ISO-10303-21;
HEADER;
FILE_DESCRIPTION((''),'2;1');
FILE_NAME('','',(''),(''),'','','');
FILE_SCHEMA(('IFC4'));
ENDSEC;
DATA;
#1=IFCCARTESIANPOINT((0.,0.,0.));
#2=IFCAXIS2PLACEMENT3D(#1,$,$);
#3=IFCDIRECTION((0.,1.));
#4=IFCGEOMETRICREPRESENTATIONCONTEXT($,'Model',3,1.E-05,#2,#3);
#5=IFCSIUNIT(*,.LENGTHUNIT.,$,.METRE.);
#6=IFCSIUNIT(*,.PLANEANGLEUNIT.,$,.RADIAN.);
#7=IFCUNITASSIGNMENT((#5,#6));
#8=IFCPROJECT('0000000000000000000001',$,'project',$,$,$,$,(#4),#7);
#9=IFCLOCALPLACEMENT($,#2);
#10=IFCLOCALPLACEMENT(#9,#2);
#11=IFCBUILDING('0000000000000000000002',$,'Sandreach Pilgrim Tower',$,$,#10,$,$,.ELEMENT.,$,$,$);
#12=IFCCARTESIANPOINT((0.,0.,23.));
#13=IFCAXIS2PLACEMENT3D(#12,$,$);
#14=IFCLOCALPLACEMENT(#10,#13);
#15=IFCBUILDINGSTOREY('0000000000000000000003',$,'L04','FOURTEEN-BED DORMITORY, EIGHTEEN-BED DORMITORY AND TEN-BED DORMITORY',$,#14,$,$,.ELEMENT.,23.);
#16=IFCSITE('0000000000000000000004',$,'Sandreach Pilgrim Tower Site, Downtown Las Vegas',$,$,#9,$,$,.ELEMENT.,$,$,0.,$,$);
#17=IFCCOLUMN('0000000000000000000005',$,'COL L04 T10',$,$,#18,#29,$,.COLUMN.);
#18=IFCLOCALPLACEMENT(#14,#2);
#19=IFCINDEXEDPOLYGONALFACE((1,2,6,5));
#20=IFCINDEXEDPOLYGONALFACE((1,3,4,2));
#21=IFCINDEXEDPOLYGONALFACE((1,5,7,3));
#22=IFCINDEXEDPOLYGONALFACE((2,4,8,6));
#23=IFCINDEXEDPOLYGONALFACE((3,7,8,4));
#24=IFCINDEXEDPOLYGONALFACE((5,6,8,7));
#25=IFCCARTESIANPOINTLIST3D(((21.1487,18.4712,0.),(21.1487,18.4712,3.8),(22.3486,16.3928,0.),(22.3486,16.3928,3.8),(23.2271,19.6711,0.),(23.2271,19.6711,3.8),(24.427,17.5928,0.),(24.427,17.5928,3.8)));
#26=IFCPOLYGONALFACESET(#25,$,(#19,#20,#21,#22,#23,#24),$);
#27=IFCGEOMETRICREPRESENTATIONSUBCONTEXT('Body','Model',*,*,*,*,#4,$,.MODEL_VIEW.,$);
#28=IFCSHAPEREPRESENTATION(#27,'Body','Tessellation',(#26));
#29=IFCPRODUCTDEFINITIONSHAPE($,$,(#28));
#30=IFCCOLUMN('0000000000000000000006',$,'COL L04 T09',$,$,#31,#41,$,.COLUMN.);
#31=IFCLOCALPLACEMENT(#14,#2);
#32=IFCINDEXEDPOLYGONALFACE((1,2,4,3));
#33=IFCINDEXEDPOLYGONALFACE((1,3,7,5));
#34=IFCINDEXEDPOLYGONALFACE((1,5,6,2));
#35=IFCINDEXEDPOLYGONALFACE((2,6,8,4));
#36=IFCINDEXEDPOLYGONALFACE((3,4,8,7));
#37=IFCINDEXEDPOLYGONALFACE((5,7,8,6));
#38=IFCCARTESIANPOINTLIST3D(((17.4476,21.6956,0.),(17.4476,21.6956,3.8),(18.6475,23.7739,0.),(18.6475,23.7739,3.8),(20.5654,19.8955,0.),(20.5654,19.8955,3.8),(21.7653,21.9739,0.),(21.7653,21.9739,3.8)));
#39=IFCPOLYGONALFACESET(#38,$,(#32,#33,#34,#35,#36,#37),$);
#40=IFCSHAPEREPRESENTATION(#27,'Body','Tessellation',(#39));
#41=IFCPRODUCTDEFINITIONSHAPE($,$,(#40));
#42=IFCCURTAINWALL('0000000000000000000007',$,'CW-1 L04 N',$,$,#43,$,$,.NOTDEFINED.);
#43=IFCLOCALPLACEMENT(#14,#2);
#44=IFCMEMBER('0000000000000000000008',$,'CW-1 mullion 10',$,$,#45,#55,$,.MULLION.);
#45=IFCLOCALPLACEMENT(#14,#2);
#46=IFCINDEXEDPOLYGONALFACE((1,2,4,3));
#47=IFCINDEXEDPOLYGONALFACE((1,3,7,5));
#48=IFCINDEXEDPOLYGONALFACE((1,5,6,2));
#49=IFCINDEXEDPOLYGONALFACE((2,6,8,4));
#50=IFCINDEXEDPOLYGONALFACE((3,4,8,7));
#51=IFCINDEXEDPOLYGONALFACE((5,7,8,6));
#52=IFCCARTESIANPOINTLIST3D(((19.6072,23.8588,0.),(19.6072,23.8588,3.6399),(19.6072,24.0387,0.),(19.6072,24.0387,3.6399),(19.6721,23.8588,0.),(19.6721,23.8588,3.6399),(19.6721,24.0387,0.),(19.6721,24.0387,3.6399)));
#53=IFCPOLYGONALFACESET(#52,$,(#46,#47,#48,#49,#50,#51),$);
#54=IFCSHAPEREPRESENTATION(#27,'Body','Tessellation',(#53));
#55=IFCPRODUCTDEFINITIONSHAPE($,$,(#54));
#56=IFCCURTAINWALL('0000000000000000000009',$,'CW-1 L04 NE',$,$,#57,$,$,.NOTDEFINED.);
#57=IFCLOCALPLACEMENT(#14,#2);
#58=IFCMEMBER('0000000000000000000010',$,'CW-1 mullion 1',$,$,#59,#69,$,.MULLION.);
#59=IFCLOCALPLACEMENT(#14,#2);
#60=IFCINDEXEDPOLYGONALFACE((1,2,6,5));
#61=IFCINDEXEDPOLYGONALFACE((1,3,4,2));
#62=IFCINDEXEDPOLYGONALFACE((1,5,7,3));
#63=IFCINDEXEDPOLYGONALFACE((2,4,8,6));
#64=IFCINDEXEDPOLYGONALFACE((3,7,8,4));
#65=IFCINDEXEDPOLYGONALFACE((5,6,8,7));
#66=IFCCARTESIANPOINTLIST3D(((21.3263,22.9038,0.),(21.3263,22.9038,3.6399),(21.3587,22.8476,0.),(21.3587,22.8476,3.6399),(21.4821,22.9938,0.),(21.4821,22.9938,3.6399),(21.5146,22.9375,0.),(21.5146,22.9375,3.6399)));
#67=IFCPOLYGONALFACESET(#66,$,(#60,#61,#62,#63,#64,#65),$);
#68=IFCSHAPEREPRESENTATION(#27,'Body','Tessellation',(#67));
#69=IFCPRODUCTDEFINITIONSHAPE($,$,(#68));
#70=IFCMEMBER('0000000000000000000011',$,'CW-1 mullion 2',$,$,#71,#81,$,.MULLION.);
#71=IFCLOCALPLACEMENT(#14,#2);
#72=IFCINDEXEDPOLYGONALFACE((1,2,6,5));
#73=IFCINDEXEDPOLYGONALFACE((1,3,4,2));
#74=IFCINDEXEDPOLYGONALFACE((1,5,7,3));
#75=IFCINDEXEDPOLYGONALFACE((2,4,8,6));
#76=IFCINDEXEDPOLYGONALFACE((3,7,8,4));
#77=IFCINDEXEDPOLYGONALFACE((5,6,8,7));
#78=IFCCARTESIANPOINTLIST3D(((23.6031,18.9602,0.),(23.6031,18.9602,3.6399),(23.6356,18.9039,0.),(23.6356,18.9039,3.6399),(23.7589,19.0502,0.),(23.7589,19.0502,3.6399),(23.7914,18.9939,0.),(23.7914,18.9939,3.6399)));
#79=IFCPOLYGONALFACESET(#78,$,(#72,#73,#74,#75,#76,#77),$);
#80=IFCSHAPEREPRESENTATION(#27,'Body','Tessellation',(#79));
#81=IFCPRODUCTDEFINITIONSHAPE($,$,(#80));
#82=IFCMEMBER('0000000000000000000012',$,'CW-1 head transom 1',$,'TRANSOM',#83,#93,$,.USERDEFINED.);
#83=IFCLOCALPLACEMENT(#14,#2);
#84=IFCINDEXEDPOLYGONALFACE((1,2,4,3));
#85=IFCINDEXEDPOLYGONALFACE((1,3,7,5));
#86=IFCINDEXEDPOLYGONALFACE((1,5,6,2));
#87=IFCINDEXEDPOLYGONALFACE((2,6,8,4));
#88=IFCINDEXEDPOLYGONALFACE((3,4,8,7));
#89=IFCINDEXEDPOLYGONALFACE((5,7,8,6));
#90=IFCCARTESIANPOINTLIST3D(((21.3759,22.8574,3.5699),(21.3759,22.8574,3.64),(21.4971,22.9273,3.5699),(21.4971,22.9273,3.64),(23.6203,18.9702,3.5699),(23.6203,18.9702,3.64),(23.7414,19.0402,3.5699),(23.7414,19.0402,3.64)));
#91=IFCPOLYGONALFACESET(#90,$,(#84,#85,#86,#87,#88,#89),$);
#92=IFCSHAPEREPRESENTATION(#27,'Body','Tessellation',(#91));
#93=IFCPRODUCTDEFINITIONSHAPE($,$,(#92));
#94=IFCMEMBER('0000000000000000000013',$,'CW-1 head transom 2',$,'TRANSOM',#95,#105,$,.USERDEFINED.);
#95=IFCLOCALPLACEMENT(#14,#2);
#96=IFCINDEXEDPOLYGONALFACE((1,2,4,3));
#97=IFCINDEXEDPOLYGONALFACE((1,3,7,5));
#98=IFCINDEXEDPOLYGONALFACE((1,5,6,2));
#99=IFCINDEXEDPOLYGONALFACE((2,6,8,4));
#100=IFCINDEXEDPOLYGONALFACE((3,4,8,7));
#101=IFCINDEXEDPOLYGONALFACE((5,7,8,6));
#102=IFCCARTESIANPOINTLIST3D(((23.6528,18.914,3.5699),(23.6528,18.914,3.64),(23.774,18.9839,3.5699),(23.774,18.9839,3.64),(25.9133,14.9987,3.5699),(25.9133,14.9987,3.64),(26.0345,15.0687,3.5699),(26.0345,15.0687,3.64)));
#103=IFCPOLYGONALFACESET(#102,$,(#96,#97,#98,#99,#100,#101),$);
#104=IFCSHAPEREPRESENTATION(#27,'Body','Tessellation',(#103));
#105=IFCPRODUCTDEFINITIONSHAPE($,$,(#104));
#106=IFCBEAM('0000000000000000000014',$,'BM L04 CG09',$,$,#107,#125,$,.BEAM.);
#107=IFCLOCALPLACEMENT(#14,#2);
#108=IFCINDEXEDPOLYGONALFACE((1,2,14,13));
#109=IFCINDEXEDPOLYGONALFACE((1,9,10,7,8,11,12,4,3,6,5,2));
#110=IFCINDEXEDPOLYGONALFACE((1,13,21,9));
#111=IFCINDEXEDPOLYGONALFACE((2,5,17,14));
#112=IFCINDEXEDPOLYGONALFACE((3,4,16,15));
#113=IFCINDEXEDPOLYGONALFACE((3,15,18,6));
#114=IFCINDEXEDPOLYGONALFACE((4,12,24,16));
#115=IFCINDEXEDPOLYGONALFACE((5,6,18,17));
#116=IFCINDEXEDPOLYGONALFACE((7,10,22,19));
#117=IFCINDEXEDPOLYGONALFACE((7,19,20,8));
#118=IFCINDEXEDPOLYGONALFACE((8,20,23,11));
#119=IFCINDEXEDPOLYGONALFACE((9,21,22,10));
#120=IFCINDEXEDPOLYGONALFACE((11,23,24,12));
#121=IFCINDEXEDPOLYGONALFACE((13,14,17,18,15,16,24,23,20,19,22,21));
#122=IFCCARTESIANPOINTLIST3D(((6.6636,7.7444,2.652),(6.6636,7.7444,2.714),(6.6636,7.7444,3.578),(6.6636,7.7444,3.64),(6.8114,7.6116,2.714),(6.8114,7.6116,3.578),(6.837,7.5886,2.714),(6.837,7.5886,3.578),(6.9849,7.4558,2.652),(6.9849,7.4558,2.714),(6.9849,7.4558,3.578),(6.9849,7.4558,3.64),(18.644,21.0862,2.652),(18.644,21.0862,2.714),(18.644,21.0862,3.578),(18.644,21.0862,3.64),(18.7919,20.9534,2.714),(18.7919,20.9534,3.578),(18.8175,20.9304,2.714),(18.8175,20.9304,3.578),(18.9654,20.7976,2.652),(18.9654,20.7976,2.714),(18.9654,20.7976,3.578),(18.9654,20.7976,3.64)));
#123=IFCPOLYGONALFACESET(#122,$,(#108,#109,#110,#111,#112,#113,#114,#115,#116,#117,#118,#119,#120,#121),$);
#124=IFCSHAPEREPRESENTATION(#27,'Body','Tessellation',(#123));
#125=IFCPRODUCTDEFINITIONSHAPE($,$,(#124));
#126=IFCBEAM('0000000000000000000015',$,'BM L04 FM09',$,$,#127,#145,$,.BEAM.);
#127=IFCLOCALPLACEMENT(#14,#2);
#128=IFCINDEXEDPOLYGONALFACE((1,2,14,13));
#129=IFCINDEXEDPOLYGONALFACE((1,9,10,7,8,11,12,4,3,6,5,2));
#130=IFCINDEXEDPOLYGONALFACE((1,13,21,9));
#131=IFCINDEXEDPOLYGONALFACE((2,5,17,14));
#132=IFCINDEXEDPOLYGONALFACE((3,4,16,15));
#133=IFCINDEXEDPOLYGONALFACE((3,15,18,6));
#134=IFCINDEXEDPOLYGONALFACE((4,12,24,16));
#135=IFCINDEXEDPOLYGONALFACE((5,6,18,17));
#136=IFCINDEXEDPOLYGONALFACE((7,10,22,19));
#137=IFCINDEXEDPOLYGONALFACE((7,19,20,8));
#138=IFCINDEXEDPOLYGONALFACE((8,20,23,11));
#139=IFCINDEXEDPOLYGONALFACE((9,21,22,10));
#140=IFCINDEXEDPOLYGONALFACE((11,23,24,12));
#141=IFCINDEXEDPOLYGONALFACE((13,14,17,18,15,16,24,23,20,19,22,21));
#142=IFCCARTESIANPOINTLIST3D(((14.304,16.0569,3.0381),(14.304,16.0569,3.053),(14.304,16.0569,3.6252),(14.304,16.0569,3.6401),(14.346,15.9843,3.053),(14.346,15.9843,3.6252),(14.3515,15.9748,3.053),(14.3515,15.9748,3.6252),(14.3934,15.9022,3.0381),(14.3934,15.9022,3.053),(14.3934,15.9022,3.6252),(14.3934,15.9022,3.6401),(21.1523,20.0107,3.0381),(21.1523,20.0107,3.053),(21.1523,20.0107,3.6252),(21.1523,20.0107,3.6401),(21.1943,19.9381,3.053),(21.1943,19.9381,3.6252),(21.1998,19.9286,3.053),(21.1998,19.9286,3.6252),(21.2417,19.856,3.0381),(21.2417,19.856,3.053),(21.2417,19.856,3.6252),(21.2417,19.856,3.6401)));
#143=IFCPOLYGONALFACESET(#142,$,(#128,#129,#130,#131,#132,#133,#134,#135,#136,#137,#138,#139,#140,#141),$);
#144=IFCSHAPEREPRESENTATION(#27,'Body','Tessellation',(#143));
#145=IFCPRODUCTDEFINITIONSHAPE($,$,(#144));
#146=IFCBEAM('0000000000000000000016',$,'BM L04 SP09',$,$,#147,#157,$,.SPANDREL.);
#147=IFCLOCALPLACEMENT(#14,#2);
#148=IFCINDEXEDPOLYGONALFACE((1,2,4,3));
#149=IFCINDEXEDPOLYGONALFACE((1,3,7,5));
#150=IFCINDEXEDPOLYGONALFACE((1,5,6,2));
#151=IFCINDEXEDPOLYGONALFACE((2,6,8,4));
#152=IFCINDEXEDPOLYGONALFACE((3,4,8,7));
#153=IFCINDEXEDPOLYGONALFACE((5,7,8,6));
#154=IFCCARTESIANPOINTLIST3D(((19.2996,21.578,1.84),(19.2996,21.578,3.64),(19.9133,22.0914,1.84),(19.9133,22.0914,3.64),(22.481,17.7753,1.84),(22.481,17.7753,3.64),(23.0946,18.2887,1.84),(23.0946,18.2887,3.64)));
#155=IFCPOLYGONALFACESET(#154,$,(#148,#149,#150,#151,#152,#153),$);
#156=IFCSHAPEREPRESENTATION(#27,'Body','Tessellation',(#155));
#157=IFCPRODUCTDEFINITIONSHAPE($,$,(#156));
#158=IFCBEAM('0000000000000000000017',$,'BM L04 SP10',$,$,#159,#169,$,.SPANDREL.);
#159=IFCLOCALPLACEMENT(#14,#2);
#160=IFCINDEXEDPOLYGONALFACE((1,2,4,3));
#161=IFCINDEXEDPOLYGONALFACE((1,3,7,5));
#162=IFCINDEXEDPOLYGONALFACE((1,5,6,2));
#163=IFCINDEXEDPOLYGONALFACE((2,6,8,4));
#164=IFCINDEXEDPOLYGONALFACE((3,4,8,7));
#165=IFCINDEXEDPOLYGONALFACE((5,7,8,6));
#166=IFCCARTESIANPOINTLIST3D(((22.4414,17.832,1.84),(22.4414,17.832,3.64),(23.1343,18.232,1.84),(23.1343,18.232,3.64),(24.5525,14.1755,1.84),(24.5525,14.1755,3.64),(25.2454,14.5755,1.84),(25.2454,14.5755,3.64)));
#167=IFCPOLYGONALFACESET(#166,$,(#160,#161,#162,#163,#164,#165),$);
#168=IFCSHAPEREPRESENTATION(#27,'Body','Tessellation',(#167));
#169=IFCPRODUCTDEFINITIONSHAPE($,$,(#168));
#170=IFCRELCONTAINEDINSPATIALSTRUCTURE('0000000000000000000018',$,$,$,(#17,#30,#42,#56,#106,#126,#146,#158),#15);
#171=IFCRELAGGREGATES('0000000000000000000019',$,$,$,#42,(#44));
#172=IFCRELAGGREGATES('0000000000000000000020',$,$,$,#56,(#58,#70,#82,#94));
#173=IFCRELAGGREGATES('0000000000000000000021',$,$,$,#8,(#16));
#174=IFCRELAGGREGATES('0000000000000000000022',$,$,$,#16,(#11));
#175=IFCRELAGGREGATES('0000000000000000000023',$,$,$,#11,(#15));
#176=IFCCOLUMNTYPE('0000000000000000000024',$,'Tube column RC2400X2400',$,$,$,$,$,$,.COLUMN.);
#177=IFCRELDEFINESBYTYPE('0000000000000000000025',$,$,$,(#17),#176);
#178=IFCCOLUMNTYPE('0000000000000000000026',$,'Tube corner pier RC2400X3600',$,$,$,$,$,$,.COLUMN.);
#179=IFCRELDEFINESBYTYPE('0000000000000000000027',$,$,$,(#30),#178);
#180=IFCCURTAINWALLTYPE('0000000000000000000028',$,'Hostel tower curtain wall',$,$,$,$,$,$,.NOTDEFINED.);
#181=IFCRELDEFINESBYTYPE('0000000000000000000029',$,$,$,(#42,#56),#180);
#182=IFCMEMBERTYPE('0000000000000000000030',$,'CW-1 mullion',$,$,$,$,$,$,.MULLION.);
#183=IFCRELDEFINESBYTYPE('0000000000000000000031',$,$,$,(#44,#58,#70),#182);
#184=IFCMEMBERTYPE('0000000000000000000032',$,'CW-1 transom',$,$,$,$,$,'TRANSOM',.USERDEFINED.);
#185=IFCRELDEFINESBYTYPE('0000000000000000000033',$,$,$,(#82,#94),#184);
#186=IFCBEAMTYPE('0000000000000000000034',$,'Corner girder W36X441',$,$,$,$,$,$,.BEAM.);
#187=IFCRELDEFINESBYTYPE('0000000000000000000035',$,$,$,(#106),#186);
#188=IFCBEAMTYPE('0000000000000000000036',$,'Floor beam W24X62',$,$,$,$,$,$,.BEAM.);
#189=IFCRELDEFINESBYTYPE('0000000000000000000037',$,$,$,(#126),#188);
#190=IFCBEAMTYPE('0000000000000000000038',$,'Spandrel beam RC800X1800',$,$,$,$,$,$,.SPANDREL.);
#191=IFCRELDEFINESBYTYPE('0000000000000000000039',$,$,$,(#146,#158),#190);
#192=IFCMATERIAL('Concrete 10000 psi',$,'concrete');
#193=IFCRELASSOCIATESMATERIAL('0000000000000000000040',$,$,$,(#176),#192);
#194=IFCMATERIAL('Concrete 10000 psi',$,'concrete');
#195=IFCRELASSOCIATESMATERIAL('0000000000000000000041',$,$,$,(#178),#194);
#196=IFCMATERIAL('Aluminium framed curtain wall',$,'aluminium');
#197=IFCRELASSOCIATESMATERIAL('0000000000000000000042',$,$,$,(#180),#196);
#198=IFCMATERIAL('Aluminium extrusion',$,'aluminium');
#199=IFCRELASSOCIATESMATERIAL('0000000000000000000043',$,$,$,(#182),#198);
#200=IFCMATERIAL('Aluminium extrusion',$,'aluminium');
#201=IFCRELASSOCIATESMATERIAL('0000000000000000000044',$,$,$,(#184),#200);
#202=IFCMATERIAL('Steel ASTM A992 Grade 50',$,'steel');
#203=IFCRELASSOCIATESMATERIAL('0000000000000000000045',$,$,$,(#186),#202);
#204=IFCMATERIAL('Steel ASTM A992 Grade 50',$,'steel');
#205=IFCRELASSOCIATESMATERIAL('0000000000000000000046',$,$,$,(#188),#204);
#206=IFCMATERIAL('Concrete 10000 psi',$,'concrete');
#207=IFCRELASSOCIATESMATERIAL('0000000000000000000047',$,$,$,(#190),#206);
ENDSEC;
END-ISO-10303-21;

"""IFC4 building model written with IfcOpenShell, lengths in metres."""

from ifc_helpers import new_model, si_unit, direction, frame, origin, origin_2d, place, context, subcontext, project, spatial, rectangle, i_section, extrude, material, material_profile, profile_set, type_object, element, aggregate, save


model = new_model("IFC4")

# Units and contexts
model_context = context("Model", 3, precision=1e-05, world=origin(), true_north=direction((0.0, 1.0)))
body_context = subcontext(model_context, "Body", "Model", "MODEL_VIEW")
ifc_project = project(units=[si_unit("LENGTHUNIT", "METRE"), si_unit("PLANEANGLEUNIT", "RADIAN")], contexts=[model_context])

# Site, building, storey
site_placement = place(None, origin())
site = spatial("IfcSite", under=ifc_project, at=site_placement, Name="Sandreach Pilgrim Tower Site, Downtown Las Vegas", CompositionType="ELEMENT", RefElevation=0.0)
building_placement = place(site_placement, origin())
building = spatial("IfcBuilding", under=site, at=building_placement, Name="Sandreach Pilgrim Tower", CompositionType="ELEMENT")
storey_placement = place(building_placement, frame((0.0, 0.0, 23.0)))
storey = spatial("IfcBuildingStorey", under=building, at=storey_placement, Name="L04", Description="FOURTEEN-BED DORMITORY, EIGHTEEN-BED DORMITORY AND TEN-BED DORMITORY", CompositionType="ELEMENT", Elevation=23.0)

# Columns
ifc_material_1 = material(Name="Concrete 10000 psi", Category="concrete")
ifc_material_profile_1 = material_profile(ifc_material_1, rectangle(XDim=2.3999, YDim=2.3999, at=origin_2d()), Name="RC2400X2400")
ifc_profile_set_1 = profile_set([ifc_material_profile_1], Name="Concrete 10000 psi")
column_type_1 = type_object("IfcColumnType", Name="Tube column RC2400X2400", PredefinedType="COLUMN", material=ifc_profile_set_1)
column_1_placement = place(storey_placement, frame((22.7878, 18.032, 0.0), z_axis=(0.0, 0.0, 1.0), x_axis=(0.866025, 0.5, 0.0)))
element("IfcColumn", 1, at=column_1_placement, inside=storey, type_object=column_type_1, Name="COL L04 T10", PredefinedType="COLUMN", context=body_context, shape_type="SweptSolid", body=[
    extrude(rectangle(XDim=2.3999, YDim=2.3999, at=origin_2d()), origin(), (0.0, 0.0, 1.0), 3.8),
])
ifc_material_2 = material(Name="Concrete 10000 psi", Category="concrete")
ifc_material_profile_2 = material_profile(ifc_material_2, rectangle(XDim=2.3999, YDim=3.6001, at=origin_2d()), Name="RC2400X3600")
ifc_profile_set_2 = profile_set([ifc_material_profile_2], Name="Concrete 10000 psi")
column_type_2 = type_object("IfcColumnType", Name="Tube corner pier RC2400X3600", PredefinedType="COLUMN", material=ifc_profile_set_2)
column_2_placement = place(storey_placement, frame((19.6064, 21.8347, 0.0), z_axis=(0.0, 0.0, 1.0), x_axis=(0.5, 0.866025, 0.0)))
element("IfcColumn", 2, at=column_2_placement, inside=storey, type_object=column_type_2, Name="COL L04 T09", PredefinedType="COLUMN", context=body_context, shape_type="SweptSolid", body=[
    extrude(rectangle(XDim=2.3999, YDim=3.6001, at=origin_2d()), origin(), (0.0, 0.0, 1.0), 3.8),
])

# Curtain wall, member
ifc_material_3 = material(Name="Aluminium framed curtain wall", Category="aluminium")
curtain_wall_type = type_object("IfcCurtainWallType", Name="Hostel tower curtain wall", PredefinedType="NOTDEFINED", material=ifc_material_3)
curtain_wall_1_placement = place(storey_placement, origin())
curtain_wall_1 = element("IfcCurtainWall", 3, at=curtain_wall_1_placement, inside=storey, type_object=curtain_wall_type, Name="CW-1 L04 N", PredefinedType="NOTDEFINED")
ifc_material_4 = material(Name="Aluminium extrusion", Category="aluminium")
ifc_material_profile_3 = material_profile(ifc_material_4, rectangle(XDim=0.0649, YDim=0.1799, at=origin_2d()), Name="CW-1M 65X180")
ifc_profile_set_3 = profile_set([ifc_material_profile_3], Name="Aluminium extrusion")
member_type_1 = type_object("IfcMemberType", Name="CW-1 mullion", PredefinedType="MULLION", material=ifc_profile_set_3)
member_1_placement = place(storey_placement, frame((19.6396, 23.9487, 0.0), z_axis=(0.0, 0.0, 1.0), x_axis=(1.0, 0.0, 0.0)))
member_1 = element("IfcMember", 4, at=member_1_placement, type_object=member_type_1, Name="CW-1 mullion 10", PredefinedType="MULLION", context=body_context, shape_type="SweptSolid", body=[
    extrude(rectangle(XDim=0.0649, YDim=0.1799, at=origin_2d()), origin(), (0.0, 0.0, 1.0), 3.6399),
])

# Curtain wall, members
curtain_wall_2_placement = place(storey_placement, origin())
curtain_wall_2 = element("IfcCurtainWall", 5, at=curtain_wall_2_placement, inside=storey, type_object=curtain_wall_type, Name="CW-1 L04 NE", PredefinedType="NOTDEFINED")
member_2_placement = place(storey_placement, frame((21.4204, 22.9207, 0.0), z_axis=(0.0, 0.0, 1.0), x_axis=(0.5, -0.866025, 0.0)))
member_2 = element("IfcMember", 6, at=member_2_placement, type_object=member_type_1, Name="CW-1 mullion 1", PredefinedType="MULLION", context=body_context, shape_type="SweptSolid", body=[
    extrude(rectangle(XDim=0.0649, YDim=0.1799, at=origin_2d()), origin(), (0.0, 0.0, 1.0), 3.6399),
])
member_3_placement = place(storey_placement, frame((23.6973, 18.9771, 0.0), z_axis=(0.0, 0.0, 1.0), x_axis=(0.5, -0.866025, 0.0)))
member_3 = element("IfcMember", 7, at=member_3_placement, type_object=member_type_1, Name="CW-1 mullion 2", PredefinedType="MULLION", context=body_context, shape_type="SweptSolid", body=[
    extrude(rectangle(XDim=0.0649, YDim=0.1799, at=origin_2d()), origin(), (0.0, 0.0, 1.0), 3.6399),
])
ifc_material_5 = material(Name="Aluminium extrusion", Category="aluminium")
ifc_material_profile_4 = material_profile(ifc_material_5, rectangle(XDim=0.1399, YDim=0.0701, at=origin_2d()), Name="CW-1T 140X70")
ifc_profile_set_4 = profile_set([ifc_material_profile_4], Name="Aluminium extrusion")
member_type_2 = type_object("IfcMemberType", Name="CW-1 transom", ElementType="TRANSOM", PredefinedType="USERDEFINED", material=ifc_profile_set_4)
member_4_placement = place(storey_placement, frame((21.4365, 22.8923, 3.605), z_axis=(0.500018, -0.866015, 0.0), x_axis=(0.866015, 0.500018, 0.0)))
member_4 = element("IfcMember", 8, at=member_4_placement, type_object=member_type_2, Name="CW-1 head transom 1", ObjectType="TRANSOM", PredefinedType="USERDEFINED", context=body_context, shape_type="SweptSolid", body=[
    extrude(rectangle(XDim=0.1399, YDim=0.0701, at=origin_2d()), origin(), (0.0, 0.0, 1.0), 4.4885),
])
member_5_placement = place(storey_placement, frame((23.7134, 18.949, 3.605), z_axis=(0.500001, -0.866025, 0.0), x_axis=(0.866025, 0.500001, 0.0)))
member_5 = element("IfcMember", 9, at=member_5_placement, type_object=member_type_2, Name="CW-1 head transom 2", ObjectType="TRANSOM", PredefinedType="USERDEFINED", context=body_context, shape_type="SweptSolid", body=[
    extrude(rectangle(XDim=0.1399, YDim=0.0701, at=origin_2d()), origin(), (0.0, 0.0, 1.0), 4.521),
])

# Beams
ifc_material_6 = material(Name="Steel ASTM A992 Grade 50", Category="steel")
ifc_material_profile_5 = material_profile(ifc_material_6, i_section(OverallWidth=0.4319, OverallDepth=0.988, WebThickness=0.0344, FlangeThickness=0.062, at=origin_2d()), Name="W36X441")
ifc_profile_set_5 = profile_set([ifc_material_profile_5], Name="Steel ASTM A992 Grade 50")
beam_type_1 = type_object("IfcBeamType", Name="Corner girder W36X441", PredefinedType="BEAM", material=ifc_profile_set_5)
beam_1_placement = place(storey_placement, frame((18.8047, 20.9419, 3.146), z_axis=(-0.668128, -0.744047, 0.0), x_axis=(0.744047, -0.668128, 0.0)))
element("IfcBeam", 10, at=beam_1_placement, inside=storey, type_object=beam_type_1, Name="BM L04 CG09", PredefinedType="BEAM", context=body_context, shape_type="SweptSolid", body=[
    extrude(i_section(OverallWidth=0.4319, OverallDepth=0.988, WebThickness=0.0344, FlangeThickness=0.062, at=origin_2d()), origin(), (0.0, 0.0, 1.0), 17.9314),
])
ifc_material_7 = material(Name="Steel ASTM A992 Grade 50", Category="steel")
ifc_material_profile_6 = material_profile(ifc_material_7, i_section(OverallWidth=0.1787, OverallDepth=0.6021, WebThickness=0.011, FlangeThickness=0.0149, at=origin_2d()), Name="W24X62")
ifc_profile_set_6 = profile_set([ifc_material_profile_6], Name="Steel ASTM A992 Grade 50")
beam_type_2 = type_object("IfcBeamType", Name="Floor beam W24X62", PredefinedType="BEAM", material=ifc_profile_set_6)
beam_2_placement = place(storey_placement, frame((21.197, 19.9333, 3.3391), z_axis=(-0.866029, -0.499994, 0.0), x_axis=(0.499994, -0.866029, 0.0)))
element("IfcBeam", 11, at=beam_2_placement, inside=storey, type_object=beam_type_2, Name="BM L04 FM09", PredefinedType="BEAM", context=body_context, shape_type="SweptSolid", body=[
    extrude(i_section(OverallWidth=0.1787, OverallDepth=0.6021, WebThickness=0.011, FlangeThickness=0.0149, at=origin_2d()), origin(), (0.0, 0.0, 1.0), 7.9077),
])
ifc_material_8 = material(Name="Concrete 10000 psi", Category="concrete")
ifc_material_profile_7 = material_profile(ifc_material_8, rectangle(XDim=0.8, YDim=1.8, at=origin_2d()), Name="RC800X1800")
ifc_profile_set_7 = profile_set([ifc_material_profile_7], Name="Concrete 10000 psi")
beam_type_3 = type_object("IfcBeamType", Name="Spandrel beam RC800X1800", PredefinedType="SPANDREL", material=ifc_profile_set_7)
beam_3_placement = place(storey_placement, frame((19.6064, 21.8347, 2.74), z_axis=(0.641665, -0.766985, 0.0), x_axis=(0.766985, 0.641665, 0.0)))
element("IfcBeam", 12, at=beam_3_placement, inside=storey, type_object=beam_type_3, Name="BM L04 SP09", PredefinedType="SPANDREL", context=body_context, shape_type="SweptSolid", body=[
    extrude(rectangle(XDim=0.8, YDim=1.8, at=origin_2d()), origin(), (0.0, 0.0, 1.0), 4.958),
])
beam_4_placement = place(storey_placement, frame((22.7878, 18.032, 2.74), z_axis=(0.500001, -0.866025, 0.0), x_axis=(0.866025, 0.500001, 0.0)))
element("IfcBeam", 13, at=beam_4_placement, inside=storey, type_object=beam_type_3, Name="BM L04 SP10", PredefinedType="SPANDREL", context=body_context, shape_type="SweptSolid", body=[
    extrude(rectangle(XDim=0.8, YDim=1.8, at=origin_2d()), origin(), (0.0, 0.0, 1.0), 4.2222),
])

aggregate(curtain_wall_1, [member_1])
aggregate(curtain_wall_2, [member_2, member_3, member_4, member_5])

save(model, "model.ifc")
